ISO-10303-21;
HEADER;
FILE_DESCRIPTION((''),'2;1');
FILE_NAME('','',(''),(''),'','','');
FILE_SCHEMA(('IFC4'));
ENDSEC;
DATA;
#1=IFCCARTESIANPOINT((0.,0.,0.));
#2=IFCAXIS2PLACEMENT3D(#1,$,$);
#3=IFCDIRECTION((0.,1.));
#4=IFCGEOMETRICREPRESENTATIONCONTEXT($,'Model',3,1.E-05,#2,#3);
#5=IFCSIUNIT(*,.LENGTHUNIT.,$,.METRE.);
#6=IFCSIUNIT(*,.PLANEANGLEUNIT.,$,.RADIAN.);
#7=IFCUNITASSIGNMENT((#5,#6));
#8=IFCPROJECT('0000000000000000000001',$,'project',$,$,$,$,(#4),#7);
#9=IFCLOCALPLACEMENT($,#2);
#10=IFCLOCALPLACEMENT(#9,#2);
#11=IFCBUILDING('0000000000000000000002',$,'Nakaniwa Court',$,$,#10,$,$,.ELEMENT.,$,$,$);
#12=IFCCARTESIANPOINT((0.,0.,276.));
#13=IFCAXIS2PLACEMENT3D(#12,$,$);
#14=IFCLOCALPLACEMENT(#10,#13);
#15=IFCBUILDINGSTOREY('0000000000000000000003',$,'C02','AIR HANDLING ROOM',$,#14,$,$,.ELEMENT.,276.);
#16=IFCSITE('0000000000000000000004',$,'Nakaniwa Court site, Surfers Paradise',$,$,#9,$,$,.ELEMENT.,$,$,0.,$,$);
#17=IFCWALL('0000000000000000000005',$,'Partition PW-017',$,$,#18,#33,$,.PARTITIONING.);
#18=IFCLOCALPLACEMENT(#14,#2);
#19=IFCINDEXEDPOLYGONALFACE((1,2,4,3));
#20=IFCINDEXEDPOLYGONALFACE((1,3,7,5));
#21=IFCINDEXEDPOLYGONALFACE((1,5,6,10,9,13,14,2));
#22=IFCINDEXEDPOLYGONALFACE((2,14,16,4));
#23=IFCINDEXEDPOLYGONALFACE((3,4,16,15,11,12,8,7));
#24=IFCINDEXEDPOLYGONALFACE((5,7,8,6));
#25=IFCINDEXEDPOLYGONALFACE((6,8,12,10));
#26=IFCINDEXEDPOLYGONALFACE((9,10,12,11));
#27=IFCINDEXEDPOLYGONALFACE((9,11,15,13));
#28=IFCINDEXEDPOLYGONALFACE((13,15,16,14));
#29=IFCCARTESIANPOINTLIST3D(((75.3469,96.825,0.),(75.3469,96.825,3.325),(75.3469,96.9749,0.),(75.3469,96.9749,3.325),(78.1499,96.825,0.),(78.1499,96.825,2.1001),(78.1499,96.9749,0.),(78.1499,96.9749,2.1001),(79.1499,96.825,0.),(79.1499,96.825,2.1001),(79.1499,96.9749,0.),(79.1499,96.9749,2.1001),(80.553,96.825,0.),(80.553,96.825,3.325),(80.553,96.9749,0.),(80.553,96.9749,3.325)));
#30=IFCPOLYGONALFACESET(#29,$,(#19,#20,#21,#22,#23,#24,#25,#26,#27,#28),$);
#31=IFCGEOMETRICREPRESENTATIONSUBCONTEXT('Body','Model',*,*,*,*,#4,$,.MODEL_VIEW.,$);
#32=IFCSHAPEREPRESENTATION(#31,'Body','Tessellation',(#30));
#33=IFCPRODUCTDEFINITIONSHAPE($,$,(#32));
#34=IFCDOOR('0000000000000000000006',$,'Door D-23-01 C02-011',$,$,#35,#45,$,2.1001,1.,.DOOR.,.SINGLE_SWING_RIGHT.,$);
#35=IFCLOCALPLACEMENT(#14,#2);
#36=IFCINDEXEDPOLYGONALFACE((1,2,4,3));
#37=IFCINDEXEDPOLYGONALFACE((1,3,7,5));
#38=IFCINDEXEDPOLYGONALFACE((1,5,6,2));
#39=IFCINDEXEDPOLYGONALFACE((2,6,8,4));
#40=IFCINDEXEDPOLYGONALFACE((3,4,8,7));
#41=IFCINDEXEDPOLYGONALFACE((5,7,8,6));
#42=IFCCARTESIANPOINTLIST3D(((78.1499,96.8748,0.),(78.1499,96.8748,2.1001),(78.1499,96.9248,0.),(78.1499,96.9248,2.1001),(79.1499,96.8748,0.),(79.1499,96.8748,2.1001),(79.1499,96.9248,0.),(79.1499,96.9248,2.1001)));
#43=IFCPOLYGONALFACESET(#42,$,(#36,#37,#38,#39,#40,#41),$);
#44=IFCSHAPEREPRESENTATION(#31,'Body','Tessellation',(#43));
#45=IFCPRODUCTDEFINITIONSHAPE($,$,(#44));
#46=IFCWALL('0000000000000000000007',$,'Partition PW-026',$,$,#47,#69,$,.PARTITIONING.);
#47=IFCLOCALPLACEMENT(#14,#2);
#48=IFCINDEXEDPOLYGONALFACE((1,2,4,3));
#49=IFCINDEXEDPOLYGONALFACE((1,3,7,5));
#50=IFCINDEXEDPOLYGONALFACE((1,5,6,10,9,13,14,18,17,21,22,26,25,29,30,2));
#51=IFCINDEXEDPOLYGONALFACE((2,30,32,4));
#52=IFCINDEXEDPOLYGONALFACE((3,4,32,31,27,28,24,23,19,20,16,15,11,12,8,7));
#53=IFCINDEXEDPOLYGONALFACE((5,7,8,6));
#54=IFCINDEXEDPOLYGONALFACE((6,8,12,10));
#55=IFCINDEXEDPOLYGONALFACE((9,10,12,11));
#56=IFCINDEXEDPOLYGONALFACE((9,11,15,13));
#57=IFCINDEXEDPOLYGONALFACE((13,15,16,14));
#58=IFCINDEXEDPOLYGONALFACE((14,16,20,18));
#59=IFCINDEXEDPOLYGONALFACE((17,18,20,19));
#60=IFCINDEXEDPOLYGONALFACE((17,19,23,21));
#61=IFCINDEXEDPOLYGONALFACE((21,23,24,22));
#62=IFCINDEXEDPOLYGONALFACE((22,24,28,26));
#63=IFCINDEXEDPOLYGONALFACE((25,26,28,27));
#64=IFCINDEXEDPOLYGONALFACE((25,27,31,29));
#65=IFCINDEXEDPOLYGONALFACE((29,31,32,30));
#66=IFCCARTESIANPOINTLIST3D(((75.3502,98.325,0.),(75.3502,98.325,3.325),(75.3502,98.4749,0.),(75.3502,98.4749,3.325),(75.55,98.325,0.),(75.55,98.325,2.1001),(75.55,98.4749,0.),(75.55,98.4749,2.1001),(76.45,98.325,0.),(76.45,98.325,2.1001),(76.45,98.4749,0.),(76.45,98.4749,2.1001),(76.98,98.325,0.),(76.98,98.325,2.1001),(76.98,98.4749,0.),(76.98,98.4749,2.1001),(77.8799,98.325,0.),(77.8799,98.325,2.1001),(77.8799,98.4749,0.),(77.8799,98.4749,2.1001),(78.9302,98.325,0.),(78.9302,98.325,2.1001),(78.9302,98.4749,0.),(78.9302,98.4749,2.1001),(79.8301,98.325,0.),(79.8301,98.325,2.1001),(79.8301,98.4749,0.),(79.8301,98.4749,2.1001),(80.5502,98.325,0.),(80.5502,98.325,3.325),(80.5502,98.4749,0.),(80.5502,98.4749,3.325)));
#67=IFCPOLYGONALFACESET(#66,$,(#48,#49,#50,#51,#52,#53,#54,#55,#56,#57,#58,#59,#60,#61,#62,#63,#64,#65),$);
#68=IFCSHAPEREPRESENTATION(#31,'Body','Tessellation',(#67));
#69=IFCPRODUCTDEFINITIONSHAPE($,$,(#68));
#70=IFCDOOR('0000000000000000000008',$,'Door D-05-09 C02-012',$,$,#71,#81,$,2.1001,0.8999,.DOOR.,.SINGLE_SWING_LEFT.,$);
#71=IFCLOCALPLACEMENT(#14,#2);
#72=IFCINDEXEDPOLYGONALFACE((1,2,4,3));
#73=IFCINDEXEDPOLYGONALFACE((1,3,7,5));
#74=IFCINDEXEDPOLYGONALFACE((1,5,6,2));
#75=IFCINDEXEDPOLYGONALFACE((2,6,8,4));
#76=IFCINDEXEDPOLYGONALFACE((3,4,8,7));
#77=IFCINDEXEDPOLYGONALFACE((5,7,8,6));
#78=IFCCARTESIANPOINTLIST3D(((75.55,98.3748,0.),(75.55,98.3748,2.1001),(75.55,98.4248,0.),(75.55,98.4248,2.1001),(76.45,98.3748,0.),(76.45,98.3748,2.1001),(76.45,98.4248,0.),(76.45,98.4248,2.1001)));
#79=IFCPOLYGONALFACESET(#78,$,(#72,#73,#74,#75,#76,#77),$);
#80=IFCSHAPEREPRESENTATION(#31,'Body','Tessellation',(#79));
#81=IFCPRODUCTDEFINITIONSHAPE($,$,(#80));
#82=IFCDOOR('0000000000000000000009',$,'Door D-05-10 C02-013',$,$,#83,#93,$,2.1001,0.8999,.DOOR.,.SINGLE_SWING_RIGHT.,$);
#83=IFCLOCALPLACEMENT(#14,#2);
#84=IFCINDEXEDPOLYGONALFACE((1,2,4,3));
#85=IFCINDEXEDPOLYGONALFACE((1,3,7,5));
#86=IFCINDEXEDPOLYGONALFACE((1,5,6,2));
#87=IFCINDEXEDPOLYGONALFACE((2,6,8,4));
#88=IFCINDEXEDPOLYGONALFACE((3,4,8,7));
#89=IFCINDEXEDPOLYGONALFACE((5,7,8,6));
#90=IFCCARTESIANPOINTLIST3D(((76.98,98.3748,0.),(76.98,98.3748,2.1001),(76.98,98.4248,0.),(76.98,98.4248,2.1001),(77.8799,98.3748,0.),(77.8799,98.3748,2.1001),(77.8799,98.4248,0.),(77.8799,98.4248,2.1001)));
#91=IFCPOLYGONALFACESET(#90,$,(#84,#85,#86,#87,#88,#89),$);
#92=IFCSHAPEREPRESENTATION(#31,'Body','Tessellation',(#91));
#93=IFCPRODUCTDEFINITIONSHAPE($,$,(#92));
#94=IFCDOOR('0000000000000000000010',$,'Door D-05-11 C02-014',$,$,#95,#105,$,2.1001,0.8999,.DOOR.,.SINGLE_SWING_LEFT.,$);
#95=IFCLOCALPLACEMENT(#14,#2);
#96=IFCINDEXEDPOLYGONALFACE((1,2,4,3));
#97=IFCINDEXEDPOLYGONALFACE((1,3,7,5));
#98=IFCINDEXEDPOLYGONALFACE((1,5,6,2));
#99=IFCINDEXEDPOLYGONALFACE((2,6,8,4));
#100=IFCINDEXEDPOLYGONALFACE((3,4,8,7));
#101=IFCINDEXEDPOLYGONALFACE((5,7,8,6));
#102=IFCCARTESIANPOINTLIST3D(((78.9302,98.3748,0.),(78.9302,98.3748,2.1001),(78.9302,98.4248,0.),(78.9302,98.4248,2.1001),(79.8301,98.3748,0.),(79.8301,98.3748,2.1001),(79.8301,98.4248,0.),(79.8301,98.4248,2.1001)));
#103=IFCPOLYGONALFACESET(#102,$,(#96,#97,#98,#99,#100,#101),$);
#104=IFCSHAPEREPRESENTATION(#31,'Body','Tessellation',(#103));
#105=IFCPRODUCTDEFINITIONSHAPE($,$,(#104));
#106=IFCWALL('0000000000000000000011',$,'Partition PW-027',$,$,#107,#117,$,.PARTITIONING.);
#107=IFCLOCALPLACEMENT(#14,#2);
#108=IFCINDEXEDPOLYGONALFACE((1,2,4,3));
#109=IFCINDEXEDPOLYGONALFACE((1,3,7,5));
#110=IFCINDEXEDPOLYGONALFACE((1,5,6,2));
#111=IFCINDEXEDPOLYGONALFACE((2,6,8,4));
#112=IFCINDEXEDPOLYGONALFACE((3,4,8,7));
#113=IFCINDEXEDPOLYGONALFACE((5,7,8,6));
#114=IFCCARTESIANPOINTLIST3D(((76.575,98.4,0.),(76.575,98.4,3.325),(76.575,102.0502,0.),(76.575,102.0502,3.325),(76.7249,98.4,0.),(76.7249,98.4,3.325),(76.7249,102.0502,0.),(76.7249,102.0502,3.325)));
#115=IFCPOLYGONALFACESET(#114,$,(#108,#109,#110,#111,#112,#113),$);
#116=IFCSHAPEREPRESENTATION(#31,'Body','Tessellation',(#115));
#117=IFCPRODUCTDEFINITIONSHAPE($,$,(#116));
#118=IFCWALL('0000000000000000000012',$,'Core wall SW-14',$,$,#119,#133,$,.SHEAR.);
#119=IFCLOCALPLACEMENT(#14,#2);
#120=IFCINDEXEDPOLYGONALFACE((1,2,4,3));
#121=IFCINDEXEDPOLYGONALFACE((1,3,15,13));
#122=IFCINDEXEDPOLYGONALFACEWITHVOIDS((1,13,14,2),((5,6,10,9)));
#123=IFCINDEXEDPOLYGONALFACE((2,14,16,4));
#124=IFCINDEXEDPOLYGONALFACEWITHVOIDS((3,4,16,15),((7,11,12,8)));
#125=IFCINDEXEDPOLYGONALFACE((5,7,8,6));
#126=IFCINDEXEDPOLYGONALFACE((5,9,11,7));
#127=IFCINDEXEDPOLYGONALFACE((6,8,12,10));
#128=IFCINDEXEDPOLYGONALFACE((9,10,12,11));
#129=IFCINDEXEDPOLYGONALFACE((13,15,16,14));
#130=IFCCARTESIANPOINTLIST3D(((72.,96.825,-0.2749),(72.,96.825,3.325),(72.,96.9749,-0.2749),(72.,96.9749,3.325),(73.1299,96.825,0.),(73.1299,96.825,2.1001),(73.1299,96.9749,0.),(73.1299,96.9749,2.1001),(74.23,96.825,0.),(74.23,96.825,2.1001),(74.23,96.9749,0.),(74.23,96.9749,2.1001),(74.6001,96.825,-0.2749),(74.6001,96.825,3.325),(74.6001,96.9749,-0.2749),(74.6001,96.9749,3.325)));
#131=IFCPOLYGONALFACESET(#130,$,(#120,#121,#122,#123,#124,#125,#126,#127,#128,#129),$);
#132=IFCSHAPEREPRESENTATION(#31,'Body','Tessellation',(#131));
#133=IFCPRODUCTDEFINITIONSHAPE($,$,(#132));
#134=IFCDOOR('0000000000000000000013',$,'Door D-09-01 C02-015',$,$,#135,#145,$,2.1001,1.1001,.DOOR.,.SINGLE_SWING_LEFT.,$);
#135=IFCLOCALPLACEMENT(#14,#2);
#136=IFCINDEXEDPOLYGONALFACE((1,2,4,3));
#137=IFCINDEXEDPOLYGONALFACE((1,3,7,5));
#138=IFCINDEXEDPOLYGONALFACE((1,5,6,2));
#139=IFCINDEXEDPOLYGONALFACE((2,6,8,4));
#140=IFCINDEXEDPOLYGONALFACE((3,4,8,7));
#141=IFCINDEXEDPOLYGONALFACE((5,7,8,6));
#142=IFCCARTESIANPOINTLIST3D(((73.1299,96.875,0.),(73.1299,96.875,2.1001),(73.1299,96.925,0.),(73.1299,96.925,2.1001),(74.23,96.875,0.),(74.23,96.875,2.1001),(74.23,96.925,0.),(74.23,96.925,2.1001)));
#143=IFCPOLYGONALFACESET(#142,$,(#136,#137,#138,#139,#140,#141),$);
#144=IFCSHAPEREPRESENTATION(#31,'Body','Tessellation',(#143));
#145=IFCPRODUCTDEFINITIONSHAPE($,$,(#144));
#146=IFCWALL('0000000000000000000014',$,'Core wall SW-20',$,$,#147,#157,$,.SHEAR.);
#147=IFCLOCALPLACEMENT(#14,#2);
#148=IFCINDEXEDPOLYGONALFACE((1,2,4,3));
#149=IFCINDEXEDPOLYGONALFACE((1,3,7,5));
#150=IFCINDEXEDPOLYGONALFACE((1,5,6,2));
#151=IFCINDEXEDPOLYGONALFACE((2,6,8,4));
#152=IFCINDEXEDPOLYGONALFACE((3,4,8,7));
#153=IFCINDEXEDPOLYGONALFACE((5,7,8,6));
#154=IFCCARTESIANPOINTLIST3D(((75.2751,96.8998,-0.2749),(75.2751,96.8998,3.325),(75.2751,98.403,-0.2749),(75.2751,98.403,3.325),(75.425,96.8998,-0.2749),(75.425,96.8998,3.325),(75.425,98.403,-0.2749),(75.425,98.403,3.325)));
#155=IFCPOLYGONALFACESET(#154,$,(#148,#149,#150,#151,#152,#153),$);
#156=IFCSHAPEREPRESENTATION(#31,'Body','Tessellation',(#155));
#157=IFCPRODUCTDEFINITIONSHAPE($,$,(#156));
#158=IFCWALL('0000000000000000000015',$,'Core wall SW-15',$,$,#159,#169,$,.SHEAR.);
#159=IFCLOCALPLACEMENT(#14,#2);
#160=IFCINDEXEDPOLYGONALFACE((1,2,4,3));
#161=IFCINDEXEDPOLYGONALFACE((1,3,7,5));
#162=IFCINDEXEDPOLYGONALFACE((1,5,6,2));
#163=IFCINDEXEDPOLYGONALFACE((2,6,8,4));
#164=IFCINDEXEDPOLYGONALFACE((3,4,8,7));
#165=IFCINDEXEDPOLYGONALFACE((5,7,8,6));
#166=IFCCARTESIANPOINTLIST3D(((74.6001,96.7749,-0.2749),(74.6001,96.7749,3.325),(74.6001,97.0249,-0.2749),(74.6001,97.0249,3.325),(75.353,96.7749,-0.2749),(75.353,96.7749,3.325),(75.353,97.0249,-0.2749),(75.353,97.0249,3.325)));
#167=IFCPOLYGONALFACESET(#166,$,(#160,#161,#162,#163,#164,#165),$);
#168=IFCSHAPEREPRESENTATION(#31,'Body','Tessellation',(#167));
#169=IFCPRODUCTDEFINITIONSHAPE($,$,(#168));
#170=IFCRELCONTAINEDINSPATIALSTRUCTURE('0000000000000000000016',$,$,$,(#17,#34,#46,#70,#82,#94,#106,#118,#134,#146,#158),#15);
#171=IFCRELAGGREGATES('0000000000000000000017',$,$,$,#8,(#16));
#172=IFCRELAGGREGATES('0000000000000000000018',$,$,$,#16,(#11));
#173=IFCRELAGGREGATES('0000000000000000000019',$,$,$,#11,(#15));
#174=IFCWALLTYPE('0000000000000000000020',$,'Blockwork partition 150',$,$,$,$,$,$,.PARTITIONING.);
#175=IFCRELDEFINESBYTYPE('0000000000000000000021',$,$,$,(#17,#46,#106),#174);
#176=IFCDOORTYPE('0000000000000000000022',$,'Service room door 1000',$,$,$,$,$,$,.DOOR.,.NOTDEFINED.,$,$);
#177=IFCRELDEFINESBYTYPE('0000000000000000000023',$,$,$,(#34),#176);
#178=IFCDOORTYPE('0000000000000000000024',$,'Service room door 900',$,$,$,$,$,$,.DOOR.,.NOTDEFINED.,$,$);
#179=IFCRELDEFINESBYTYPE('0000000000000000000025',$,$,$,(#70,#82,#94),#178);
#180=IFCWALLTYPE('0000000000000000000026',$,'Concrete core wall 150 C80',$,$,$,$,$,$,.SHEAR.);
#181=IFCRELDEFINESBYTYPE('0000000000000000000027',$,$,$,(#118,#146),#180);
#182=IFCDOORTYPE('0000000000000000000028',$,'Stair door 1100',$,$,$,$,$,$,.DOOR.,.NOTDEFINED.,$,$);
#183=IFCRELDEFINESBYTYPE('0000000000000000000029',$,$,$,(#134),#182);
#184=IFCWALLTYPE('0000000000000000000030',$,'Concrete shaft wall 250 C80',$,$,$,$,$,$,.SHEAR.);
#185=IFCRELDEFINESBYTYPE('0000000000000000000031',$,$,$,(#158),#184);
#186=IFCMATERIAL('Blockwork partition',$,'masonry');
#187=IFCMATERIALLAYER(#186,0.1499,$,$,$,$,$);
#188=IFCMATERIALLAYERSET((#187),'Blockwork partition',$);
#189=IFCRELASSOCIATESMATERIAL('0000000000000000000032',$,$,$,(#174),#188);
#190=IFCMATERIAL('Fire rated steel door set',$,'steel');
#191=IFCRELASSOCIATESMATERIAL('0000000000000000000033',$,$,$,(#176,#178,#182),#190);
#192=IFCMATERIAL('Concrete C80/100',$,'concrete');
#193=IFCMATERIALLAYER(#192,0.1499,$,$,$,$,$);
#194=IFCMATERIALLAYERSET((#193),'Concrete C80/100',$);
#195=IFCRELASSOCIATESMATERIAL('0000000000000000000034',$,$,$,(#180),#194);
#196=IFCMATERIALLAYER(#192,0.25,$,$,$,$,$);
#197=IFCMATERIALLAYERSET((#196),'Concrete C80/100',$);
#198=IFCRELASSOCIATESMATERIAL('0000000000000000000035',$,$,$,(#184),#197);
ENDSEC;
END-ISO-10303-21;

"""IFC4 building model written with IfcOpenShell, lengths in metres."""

from ifc_helpers import new_model, si_unit, direction, frame, frame_2d, origin, place, context, subcontext, project, spatial, rectangle, extrude, material, layer, layer_set, type_object, element, fill, save


model = new_model("IFC4")

# Units and contexts
model_context = context("Model", 3, precision=1e-05, world=origin(), true_north=direction((0.0, 1.0)))
body_context = subcontext(model_context, "Body", "Model", "MODEL_VIEW")
ifc_project = project(units=[si_unit("LENGTHUNIT", "METRE"), si_unit("PLANEANGLEUNIT", "RADIAN")], contexts=[model_context])

# Site, building, storey
site_placement = place(None, origin())
site = spatial("IfcSite", under=ifc_project, at=site_placement, Name="Nakaniwa Court site, Surfers Paradise", CompositionType="ELEMENT", RefElevation=0.0)
building_placement = place(site_placement, origin())
building = spatial("IfcBuilding", under=site, at=building_placement, Name="Nakaniwa Court", CompositionType="ELEMENT")
storey_placement = place(building_placement, frame((0.0, 0.0, 276.0)))
storey = spatial("IfcBuildingStorey", under=building, at=storey_placement, Name="C02", Description="AIR HANDLING ROOM", CompositionType="ELEMENT", Elevation=276.0)

# Wall, opening, door
ifc_material_1 = material(Name="Blockwork partition", Category="masonry")
ifc_layer_1 = layer(ifc_material_1, 0.1499)
ifc_layer_set_1 = layer_set([ifc_layer_1], Name="Blockwork partition")
wall_type_1 = type_object("IfcWallType", Name="Blockwork partition 150", PredefinedType="PARTITIONING", material=ifc_layer_set_1)
wall_1_placement = place(storey_placement, frame((75.3469, 96.8999, 0.0), z_axis=(0.0, 0.0, 1.0), x_axis=(1.0, 0.0, 0.0)))
wall_1 = element("IfcWall", 1, at=wall_1_placement, inside=storey, type_object=wall_type_1, Name="Partition PW-017", PredefinedType="PARTITIONING", context=body_context, shape_type="SweptSolid", body=[
    extrude(rectangle(XDim=5.2061, YDim=0.1499, at=frame_2d((2.603, 0.0))), origin(), (0.0, 0.0, 1.0), 3.325),
])
opening_1_placement = place(wall_1_placement, frame((2.803, 0.0, 0.0)))
opening_1 = element("IfcOpeningElement", 2, at=opening_1_placement, cuts=wall_1, PredefinedType="OPENING", context=body_context, shape_type="SweptSolid", body=[
    extrude(rectangle(XDim=1.0, YDim=2.1001, at=frame_2d((0.5, 1.05))), frame((0.0, 0.085, 0.0), z_axis=(0.0, -1.0, 0.0), x_axis=(1.0, 0.0, 0.0)), (0.0, 0.0, 1.0), 0.1699),
])
ifc_material_2 = material(Name="Fire rated steel door set", Category="steel")
door_type_1 = type_object("IfcDoorType", Name="Service room door 1000", OperationType="NOTDEFINED", PredefinedType="DOOR", material=ifc_material_2)
door_1_placement = place(opening_1_placement, origin())
door_1 = element("IfcDoor", 3, at=door_1_placement, inside=storey, type_object=door_type_1, Name="Door D-23-01 C02-011", OperationType="SINGLE_SWING_RIGHT", OverallHeight=2.1001, OverallWidth=1.0, PredefinedType="DOOR", context=body_context, shape_type="SweptSolid", body=[
    extrude(rectangle(XDim=1.0, YDim=2.1001, at=frame_2d((0.5, 1.05))), frame((0.0, 0.0249, 0.0), z_axis=(0.0, -1.0, 0.0), x_axis=(1.0, 0.0, 0.0)), (0.0, 0.0, 1.0), 0.05),
])
fill(opening_1, door_1)

# Wall, openings, doors
wall_2_placement = place(storey_placement, frame((75.3501, 98.3999, 0.0), z_axis=(0.0, 0.0, 1.0), x_axis=(1.0, 0.0, 0.0)))
wall_2 = element("IfcWall", 4, at=wall_2_placement, inside=storey, type_object=wall_type_1, Name="Partition PW-026", PredefinedType="PARTITIONING", context=body_context, shape_type="SweptSolid", body=[
    extrude(rectangle(XDim=5.2, YDim=0.1499, at=frame_2d((2.6001, 0.0))), origin(), (0.0, 0.0, 1.0), 3.325),
])
opening_2_placement = place(wall_2_placement, frame((0.2, 0.0, 0.0)))
opening_2 = element("IfcOpeningElement", 5, at=opening_2_placement, cuts=wall_2, PredefinedType="OPENING", context=body_context, shape_type="SweptSolid", body=[
    extrude(rectangle(XDim=0.8999, YDim=2.1001, at=frame_2d((0.45, 1.05))), frame((0.0, 0.085, 0.0), z_axis=(0.0, -1.0, 0.0), x_axis=(1.0, 0.0, 0.0)), (0.0, 0.0, 1.0), 0.1699),
])
opening_3_placement = place(wall_2_placement, frame((1.6299, 0.0, 0.0)))
opening_3 = element("IfcOpeningElement", 6, at=opening_3_placement, cuts=wall_2, PredefinedType="OPENING", context=body_context, shape_type="SweptSolid", body=[
    extrude(rectangle(XDim=0.8999, YDim=2.1001, at=frame_2d((0.45, 1.05))), frame((0.0, 0.085, 0.0), z_axis=(0.0, -1.0, 0.0), x_axis=(1.0, 0.0, 0.0)), (0.0, 0.0, 1.0), 0.1699),
])
opening_4_placement = place(wall_2_placement, frame((3.5801, 0.0, 0.0)))
opening_4 = element("IfcOpeningElement", 7, at=opening_4_placement, cuts=wall_2, PredefinedType="OPENING", context=body_context, shape_type="SweptSolid", body=[
    extrude(rectangle(XDim=0.8999, YDim=2.1001, at=frame_2d((0.45, 1.05))), frame((0.0, 0.085, 0.0), z_axis=(0.0, -1.0, 0.0), x_axis=(1.0, 0.0, 0.0)), (0.0, 0.0, 1.0), 0.1699),
])
door_type_2 = type_object("IfcDoorType", Name="Service room door 900", OperationType="NOTDEFINED", PredefinedType="DOOR", material=ifc_material_2)
door_2_placement = place(opening_2_placement, origin())
door_2 = element("IfcDoor", 8, at=door_2_placement, inside=storey, type_object=door_type_2, Name="Door D-05-09 C02-012", OperationType="SINGLE_SWING_LEFT", OverallHeight=2.1001, OverallWidth=0.8999, PredefinedType="DOOR", context=body_context, shape_type="SweptSolid", body=[
    extrude(rectangle(XDim=0.8999, YDim=2.1001, at=frame_2d((0.45, 1.05))), frame((0.0, 0.0249, 0.0), z_axis=(0.0, -1.0, 0.0), x_axis=(1.0, 0.0, 0.0)), (0.0, 0.0, 1.0), 0.05),
])
fill(opening_2, door_2)
door_3_placement = place(opening_3_placement, origin())
door_3 = element("IfcDoor", 9, at=door_3_placement, inside=storey, type_object=door_type_2, Name="Door D-05-10 C02-013", OperationType="SINGLE_SWING_RIGHT", OverallHeight=2.1001, OverallWidth=0.8999, PredefinedType="DOOR", context=body_context, shape_type="SweptSolid", body=[
    extrude(rectangle(XDim=0.8999, YDim=2.1001, at=frame_2d((0.45, 1.05))), frame((0.0, 0.0249, 0.0), z_axis=(0.0, -1.0, 0.0), x_axis=(1.0, 0.0, 0.0)), (0.0, 0.0, 1.0), 0.05),
])
fill(opening_3, door_3)
door_4_placement = place(opening_4_placement, origin())
door_4 = element("IfcDoor", 10, at=door_4_placement, inside=storey, type_object=door_type_2, Name="Door D-05-11 C02-014", OperationType="SINGLE_SWING_LEFT", OverallHeight=2.1001, OverallWidth=0.8999, PredefinedType="DOOR", context=body_context, shape_type="SweptSolid", body=[
    extrude(rectangle(XDim=0.8999, YDim=2.1001, at=frame_2d((0.45, 1.05))), frame((0.0, 0.0249, 0.0), z_axis=(0.0, -1.0, 0.0), x_axis=(1.0, 0.0, 0.0)), (0.0, 0.0, 1.0), 0.05),
])
fill(opening_4, door_4)

# Wall
wall_3_placement = place(storey_placement, frame((76.6499, 98.3999, 0.0), z_axis=(0.0, 0.0, 1.0), x_axis=(0.0, 1.0, 0.0)))
element("IfcWall", 11, at=wall_3_placement, inside=storey, type_object=wall_type_1, Name="Partition PW-027", PredefinedType="PARTITIONING", context=body_context, shape_type="SweptSolid", body=[
    extrude(rectangle(XDim=3.6501, YDim=0.1499, at=frame_2d((1.8252, 0.0))), origin(), (0.0, 0.0, 1.0), 3.325),
])

# Wall, opening, door
ifc_material_3 = material(Name="Concrete C80/100", Category="concrete")
ifc_layer_2 = layer(ifc_material_3, 0.1499)
ifc_layer_set_2 = layer_set([ifc_layer_2], Name="Concrete C80/100")
wall_type_2 = type_object("IfcWallType", Name="Concrete core wall 150 C80", PredefinedType="SHEAR", material=ifc_layer_set_2)
wall_4_placement = place(storey_placement, frame((74.6001, 96.8999, -0.2749), z_axis=(0.0, 0.0, 1.0), x_axis=(-1.0, 0.0, 0.0)))
wall_4 = element("IfcWall", 12, at=wall_4_placement, inside=storey, type_object=wall_type_2, Name="Core wall SW-14", PredefinedType="SHEAR", context=body_context, shape_type="SweptSolid", body=[
    extrude(rectangle(XDim=2.6001, YDim=0.1499, at=frame_2d((1.3, 0.0))), origin(), (0.0, 0.0, 1.0), 3.5999),
])
opening_5_placement = place(wall_4_placement, frame((0.3701, 0.0, 0.2749)))
opening_5 = element("IfcOpeningElement", 13, at=opening_5_placement, cuts=wall_4, PredefinedType="OPENING", context=body_context, shape_type="SweptSolid", body=[
    extrude(rectangle(XDim=1.1001, YDim=2.1001, at=frame_2d((0.55, 1.05))), frame((0.0, 0.085, 0.0), z_axis=(0.0, -1.0, 0.0), x_axis=(1.0, 0.0, 0.0)), (0.0, 0.0, 1.0), 0.1699),
])
door_type_3 = type_object("IfcDoorType", Name="Stair door 1100", OperationType="NOTDEFINED", PredefinedType="DOOR", material=ifc_material_2)
door_5_placement = place(opening_5_placement, origin())
door_5 = element("IfcDoor", 14, at=door_5_placement, inside=storey, type_object=door_type_3, Name="Door D-09-01 C02-015", OperationType="SINGLE_SWING_LEFT", OverallHeight=2.1001, OverallWidth=1.1001, PredefinedType="DOOR", context=body_context, shape_type="SweptSolid", body=[
    extrude(rectangle(XDim=1.1001, YDim=2.1001, at=frame_2d((0.55, 1.05))), frame((0.0, 0.0249, 0.0), z_axis=(0.0, -1.0, 0.0), x_axis=(1.0, 0.0, 0.0)), (0.0, 0.0, 1.0), 0.05),
])
fill(opening_5, door_5)

# Walls
wall_5_placement = place(storey_placement, frame((75.3501, 96.8999, -0.2749), z_axis=(0.0, 0.0, 1.0), x_axis=(0.0, 1.0, 0.0)))
element("IfcWall", 15, at=wall_5_placement, inside=storey, type_object=wall_type_2, Name="Core wall SW-20", PredefinedType="SHEAR", context=body_context, shape_type="SweptSolid", body=[
    extrude(rectangle(XDim=1.5032, YDim=0.1499, at=frame_2d((0.7515, 0.0))), origin(), (0.0, 0.0, 1.0), 3.5999),
])
ifc_layer_3 = layer(ifc_material_3, 0.25)
ifc_layer_set_3 = layer_set([ifc_layer_3], Name="Concrete C80/100")
wall_type_3 = type_object("IfcWallType", Name="Concrete shaft wall 250 C80", PredefinedType="SHEAR", material=ifc_layer_set_3)
wall_6_placement = place(storey_placement, frame((74.6001, 96.8999, -0.2749), z_axis=(0.0, 0.0, 1.0), x_axis=(1.0, 0.0, 0.0)))
element("IfcWall", 16, at=wall_6_placement, inside=storey, type_object=wall_type_3, Name="Core wall SW-15", PredefinedType="SHEAR", context=body_context, shape_type="SweptSolid", body=[
    extrude(rectangle(XDim=0.7529, YDim=0.25, at=frame_2d((0.3765, 0.0))), origin(), (0.0, 0.0, 1.0), 3.5999),
])

save(model, "model.ifc")
